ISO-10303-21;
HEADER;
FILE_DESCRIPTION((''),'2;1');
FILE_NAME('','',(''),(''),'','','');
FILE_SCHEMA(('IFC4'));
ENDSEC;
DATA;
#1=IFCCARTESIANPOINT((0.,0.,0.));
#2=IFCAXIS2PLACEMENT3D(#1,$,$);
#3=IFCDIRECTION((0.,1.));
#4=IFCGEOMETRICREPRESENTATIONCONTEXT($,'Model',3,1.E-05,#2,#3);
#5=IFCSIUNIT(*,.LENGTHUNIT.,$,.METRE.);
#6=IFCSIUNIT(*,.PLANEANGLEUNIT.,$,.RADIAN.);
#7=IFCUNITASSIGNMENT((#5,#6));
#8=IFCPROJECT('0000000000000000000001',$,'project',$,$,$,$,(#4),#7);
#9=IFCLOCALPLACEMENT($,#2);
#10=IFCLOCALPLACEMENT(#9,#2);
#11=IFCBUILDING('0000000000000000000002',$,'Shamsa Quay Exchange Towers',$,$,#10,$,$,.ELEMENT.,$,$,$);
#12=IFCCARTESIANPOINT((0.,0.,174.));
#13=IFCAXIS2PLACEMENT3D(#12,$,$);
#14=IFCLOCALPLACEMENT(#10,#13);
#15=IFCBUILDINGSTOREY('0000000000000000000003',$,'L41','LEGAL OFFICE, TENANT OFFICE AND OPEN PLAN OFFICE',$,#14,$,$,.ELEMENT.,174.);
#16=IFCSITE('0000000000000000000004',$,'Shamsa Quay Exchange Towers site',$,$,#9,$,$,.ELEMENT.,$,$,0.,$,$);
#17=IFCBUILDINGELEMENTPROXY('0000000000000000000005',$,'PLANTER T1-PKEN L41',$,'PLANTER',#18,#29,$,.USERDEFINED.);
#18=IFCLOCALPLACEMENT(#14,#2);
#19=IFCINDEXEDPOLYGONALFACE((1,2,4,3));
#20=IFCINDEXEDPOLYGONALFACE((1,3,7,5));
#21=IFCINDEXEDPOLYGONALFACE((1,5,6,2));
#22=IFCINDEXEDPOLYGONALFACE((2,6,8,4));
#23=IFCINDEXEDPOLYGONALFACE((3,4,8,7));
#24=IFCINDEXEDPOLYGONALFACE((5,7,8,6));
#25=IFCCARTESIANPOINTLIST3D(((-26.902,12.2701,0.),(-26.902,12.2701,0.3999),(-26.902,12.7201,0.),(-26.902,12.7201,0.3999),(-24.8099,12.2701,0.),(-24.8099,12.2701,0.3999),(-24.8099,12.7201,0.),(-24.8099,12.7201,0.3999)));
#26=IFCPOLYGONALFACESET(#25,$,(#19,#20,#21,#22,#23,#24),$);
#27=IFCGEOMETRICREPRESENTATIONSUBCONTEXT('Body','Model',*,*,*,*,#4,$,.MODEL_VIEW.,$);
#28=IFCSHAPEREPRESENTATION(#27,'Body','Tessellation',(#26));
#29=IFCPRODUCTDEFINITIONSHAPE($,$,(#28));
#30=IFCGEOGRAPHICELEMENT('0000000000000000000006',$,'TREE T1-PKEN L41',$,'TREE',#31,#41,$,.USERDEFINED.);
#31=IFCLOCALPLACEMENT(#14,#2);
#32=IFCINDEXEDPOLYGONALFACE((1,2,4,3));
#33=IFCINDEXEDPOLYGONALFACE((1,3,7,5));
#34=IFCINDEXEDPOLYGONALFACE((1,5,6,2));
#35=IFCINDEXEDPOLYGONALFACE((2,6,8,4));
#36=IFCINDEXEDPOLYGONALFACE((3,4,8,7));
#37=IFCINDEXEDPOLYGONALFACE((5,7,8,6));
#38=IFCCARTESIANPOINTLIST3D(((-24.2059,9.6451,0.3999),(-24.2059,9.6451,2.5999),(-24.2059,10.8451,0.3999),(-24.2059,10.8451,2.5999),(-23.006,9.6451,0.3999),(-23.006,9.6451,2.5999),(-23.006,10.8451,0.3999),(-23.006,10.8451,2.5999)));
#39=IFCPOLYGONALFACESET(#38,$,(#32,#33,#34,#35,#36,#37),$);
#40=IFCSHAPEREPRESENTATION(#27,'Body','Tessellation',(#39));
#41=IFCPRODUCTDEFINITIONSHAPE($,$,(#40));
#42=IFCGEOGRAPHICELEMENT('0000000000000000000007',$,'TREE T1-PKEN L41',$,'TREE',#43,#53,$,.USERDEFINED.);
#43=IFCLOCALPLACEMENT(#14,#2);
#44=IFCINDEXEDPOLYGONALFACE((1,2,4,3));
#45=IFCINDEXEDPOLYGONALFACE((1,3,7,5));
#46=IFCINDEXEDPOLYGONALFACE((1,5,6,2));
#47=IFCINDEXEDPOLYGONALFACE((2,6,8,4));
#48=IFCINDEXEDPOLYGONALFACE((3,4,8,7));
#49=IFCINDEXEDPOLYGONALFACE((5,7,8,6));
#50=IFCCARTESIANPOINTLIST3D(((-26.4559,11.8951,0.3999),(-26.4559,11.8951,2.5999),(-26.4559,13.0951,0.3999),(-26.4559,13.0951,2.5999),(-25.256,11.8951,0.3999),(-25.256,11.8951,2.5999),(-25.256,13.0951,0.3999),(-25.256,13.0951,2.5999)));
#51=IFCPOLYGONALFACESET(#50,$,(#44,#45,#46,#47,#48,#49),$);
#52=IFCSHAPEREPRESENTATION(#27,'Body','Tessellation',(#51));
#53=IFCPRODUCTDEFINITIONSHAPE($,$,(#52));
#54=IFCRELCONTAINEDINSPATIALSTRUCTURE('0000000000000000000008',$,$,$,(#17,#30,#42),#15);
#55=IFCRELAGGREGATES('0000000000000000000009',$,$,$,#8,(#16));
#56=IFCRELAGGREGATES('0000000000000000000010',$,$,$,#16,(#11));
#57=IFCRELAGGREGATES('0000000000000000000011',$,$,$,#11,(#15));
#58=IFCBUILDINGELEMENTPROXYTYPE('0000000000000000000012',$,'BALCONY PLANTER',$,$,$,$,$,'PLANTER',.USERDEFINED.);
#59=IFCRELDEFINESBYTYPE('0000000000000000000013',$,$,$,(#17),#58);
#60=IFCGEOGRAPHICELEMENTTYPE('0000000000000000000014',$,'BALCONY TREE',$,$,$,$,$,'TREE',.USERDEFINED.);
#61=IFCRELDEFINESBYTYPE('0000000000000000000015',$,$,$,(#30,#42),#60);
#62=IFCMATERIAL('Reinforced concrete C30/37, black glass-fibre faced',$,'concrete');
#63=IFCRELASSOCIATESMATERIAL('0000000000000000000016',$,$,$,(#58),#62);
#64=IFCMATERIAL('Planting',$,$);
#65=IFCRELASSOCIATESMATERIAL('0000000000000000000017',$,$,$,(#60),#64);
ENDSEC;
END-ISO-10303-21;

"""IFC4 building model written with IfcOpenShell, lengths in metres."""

from ifc_helpers import new_model, si_unit, direction, frame, origin, origin_2d, place, context, subcontext, project, spatial, rectangle, extrude, material, type_object, element, save


model = new_model("IFC4")

# Units and contexts
model_context = context("Model", 3, precision=1e-05, world=origin(), true_north=direction((0.0, 1.0)))
body_context = subcontext(model_context, "Body", "Model", "MODEL_VIEW")
ifc_project = project(units=[si_unit("LENGTHUNIT", "METRE"), si_unit("PLANEANGLEUNIT", "RADIAN")], contexts=[model_context])

# Site, building, storey
site_placement = place(None, origin())
site = spatial("IfcSite", under=ifc_project, at=site_placement, Name="Shamsa Quay Exchange Towers site", CompositionType="ELEMENT", RefElevation=0.0)
building_placement = place(site_placement, origin())
building = spatial("IfcBuilding", under=site, at=building_placement, Name="Shamsa Quay Exchange Towers", CompositionType="ELEMENT")
storey_placement = place(building_placement, frame((0.0, 0.0, 174.0)))
storey = spatial("IfcBuildingStorey", under=building, at=storey_placement, Name="L41", Description="LEGAL OFFICE, TENANT OFFICE AND OPEN PLAN OFFICE", CompositionType="ELEMENT", Elevation=174.0)

# Building element proxy
ifc_material_1 = material(Name="Reinforced concrete C30/37, black glass-fibre faced", Category="concrete")
building_element_proxy_type = type_object("IfcBuildingElementProxyType", Name="BALCONY PLANTER", ElementType="PLANTER", PredefinedType="USERDEFINED", material=ifc_material_1)
for number, where, z_axis, x_axis, name in (
    (1, (-25.856, 12.4951, 0.0), (0.0, 0.0, 1.0), (-1.0, 0.0, 0.0), "PLANTER T1-PKEN L41"),
):
    element("IfcBuildingElementProxy", number, at=place(storey_placement, frame(where, z_axis=z_axis, x_axis=x_axis)), inside=storey, type_object=building_element_proxy_type, Name=name, ObjectType="PLANTER", PredefinedType="USERDEFINED", context=body_context, shape_type="SweptSolid", body=[
        extrude(rectangle(XDim=2.092, YDim=0.45, at=origin_2d()), origin(), (0.0, 0.0, 1.0), 0.3999),
    ])

# Geographic elements
ifc_material_2 = material(Name="Planting")
geographic_element_type = type_object("IfcGeographicElementType", Name="BALCONY TREE", ElementType="TREE", PredefinedType="USERDEFINED", material=ifc_material_2)
for number, where, z_axis, x_axis, name in (
    (2, (-23.606, 10.2451, 0.3999), (0.0, 0.0, 1.0), (-1.0, 0.0, 0.0), "TREE T1-PKEN L41"),
    (3, (-25.856, 12.4951, 0.3999), (0.0, 0.0, 1.0), (-1.0, 0.0, 0.0), "TREE T1-PKEN L41"),
):
    element("IfcGeographicElement", number, at=place(storey_placement, frame(where, z_axis=z_axis, x_axis=x_axis)), inside=storey, type_object=geographic_element_type, Name=name, ObjectType="TREE", PredefinedType="USERDEFINED", context=body_context, shape_type="SweptSolid", body=[
        extrude(rectangle(XDim=1.2, YDim=1.2, at=origin_2d()), origin(), (0.0, 0.0, 1.0), 2.2),
    ])

save(model, "model.ifc")
